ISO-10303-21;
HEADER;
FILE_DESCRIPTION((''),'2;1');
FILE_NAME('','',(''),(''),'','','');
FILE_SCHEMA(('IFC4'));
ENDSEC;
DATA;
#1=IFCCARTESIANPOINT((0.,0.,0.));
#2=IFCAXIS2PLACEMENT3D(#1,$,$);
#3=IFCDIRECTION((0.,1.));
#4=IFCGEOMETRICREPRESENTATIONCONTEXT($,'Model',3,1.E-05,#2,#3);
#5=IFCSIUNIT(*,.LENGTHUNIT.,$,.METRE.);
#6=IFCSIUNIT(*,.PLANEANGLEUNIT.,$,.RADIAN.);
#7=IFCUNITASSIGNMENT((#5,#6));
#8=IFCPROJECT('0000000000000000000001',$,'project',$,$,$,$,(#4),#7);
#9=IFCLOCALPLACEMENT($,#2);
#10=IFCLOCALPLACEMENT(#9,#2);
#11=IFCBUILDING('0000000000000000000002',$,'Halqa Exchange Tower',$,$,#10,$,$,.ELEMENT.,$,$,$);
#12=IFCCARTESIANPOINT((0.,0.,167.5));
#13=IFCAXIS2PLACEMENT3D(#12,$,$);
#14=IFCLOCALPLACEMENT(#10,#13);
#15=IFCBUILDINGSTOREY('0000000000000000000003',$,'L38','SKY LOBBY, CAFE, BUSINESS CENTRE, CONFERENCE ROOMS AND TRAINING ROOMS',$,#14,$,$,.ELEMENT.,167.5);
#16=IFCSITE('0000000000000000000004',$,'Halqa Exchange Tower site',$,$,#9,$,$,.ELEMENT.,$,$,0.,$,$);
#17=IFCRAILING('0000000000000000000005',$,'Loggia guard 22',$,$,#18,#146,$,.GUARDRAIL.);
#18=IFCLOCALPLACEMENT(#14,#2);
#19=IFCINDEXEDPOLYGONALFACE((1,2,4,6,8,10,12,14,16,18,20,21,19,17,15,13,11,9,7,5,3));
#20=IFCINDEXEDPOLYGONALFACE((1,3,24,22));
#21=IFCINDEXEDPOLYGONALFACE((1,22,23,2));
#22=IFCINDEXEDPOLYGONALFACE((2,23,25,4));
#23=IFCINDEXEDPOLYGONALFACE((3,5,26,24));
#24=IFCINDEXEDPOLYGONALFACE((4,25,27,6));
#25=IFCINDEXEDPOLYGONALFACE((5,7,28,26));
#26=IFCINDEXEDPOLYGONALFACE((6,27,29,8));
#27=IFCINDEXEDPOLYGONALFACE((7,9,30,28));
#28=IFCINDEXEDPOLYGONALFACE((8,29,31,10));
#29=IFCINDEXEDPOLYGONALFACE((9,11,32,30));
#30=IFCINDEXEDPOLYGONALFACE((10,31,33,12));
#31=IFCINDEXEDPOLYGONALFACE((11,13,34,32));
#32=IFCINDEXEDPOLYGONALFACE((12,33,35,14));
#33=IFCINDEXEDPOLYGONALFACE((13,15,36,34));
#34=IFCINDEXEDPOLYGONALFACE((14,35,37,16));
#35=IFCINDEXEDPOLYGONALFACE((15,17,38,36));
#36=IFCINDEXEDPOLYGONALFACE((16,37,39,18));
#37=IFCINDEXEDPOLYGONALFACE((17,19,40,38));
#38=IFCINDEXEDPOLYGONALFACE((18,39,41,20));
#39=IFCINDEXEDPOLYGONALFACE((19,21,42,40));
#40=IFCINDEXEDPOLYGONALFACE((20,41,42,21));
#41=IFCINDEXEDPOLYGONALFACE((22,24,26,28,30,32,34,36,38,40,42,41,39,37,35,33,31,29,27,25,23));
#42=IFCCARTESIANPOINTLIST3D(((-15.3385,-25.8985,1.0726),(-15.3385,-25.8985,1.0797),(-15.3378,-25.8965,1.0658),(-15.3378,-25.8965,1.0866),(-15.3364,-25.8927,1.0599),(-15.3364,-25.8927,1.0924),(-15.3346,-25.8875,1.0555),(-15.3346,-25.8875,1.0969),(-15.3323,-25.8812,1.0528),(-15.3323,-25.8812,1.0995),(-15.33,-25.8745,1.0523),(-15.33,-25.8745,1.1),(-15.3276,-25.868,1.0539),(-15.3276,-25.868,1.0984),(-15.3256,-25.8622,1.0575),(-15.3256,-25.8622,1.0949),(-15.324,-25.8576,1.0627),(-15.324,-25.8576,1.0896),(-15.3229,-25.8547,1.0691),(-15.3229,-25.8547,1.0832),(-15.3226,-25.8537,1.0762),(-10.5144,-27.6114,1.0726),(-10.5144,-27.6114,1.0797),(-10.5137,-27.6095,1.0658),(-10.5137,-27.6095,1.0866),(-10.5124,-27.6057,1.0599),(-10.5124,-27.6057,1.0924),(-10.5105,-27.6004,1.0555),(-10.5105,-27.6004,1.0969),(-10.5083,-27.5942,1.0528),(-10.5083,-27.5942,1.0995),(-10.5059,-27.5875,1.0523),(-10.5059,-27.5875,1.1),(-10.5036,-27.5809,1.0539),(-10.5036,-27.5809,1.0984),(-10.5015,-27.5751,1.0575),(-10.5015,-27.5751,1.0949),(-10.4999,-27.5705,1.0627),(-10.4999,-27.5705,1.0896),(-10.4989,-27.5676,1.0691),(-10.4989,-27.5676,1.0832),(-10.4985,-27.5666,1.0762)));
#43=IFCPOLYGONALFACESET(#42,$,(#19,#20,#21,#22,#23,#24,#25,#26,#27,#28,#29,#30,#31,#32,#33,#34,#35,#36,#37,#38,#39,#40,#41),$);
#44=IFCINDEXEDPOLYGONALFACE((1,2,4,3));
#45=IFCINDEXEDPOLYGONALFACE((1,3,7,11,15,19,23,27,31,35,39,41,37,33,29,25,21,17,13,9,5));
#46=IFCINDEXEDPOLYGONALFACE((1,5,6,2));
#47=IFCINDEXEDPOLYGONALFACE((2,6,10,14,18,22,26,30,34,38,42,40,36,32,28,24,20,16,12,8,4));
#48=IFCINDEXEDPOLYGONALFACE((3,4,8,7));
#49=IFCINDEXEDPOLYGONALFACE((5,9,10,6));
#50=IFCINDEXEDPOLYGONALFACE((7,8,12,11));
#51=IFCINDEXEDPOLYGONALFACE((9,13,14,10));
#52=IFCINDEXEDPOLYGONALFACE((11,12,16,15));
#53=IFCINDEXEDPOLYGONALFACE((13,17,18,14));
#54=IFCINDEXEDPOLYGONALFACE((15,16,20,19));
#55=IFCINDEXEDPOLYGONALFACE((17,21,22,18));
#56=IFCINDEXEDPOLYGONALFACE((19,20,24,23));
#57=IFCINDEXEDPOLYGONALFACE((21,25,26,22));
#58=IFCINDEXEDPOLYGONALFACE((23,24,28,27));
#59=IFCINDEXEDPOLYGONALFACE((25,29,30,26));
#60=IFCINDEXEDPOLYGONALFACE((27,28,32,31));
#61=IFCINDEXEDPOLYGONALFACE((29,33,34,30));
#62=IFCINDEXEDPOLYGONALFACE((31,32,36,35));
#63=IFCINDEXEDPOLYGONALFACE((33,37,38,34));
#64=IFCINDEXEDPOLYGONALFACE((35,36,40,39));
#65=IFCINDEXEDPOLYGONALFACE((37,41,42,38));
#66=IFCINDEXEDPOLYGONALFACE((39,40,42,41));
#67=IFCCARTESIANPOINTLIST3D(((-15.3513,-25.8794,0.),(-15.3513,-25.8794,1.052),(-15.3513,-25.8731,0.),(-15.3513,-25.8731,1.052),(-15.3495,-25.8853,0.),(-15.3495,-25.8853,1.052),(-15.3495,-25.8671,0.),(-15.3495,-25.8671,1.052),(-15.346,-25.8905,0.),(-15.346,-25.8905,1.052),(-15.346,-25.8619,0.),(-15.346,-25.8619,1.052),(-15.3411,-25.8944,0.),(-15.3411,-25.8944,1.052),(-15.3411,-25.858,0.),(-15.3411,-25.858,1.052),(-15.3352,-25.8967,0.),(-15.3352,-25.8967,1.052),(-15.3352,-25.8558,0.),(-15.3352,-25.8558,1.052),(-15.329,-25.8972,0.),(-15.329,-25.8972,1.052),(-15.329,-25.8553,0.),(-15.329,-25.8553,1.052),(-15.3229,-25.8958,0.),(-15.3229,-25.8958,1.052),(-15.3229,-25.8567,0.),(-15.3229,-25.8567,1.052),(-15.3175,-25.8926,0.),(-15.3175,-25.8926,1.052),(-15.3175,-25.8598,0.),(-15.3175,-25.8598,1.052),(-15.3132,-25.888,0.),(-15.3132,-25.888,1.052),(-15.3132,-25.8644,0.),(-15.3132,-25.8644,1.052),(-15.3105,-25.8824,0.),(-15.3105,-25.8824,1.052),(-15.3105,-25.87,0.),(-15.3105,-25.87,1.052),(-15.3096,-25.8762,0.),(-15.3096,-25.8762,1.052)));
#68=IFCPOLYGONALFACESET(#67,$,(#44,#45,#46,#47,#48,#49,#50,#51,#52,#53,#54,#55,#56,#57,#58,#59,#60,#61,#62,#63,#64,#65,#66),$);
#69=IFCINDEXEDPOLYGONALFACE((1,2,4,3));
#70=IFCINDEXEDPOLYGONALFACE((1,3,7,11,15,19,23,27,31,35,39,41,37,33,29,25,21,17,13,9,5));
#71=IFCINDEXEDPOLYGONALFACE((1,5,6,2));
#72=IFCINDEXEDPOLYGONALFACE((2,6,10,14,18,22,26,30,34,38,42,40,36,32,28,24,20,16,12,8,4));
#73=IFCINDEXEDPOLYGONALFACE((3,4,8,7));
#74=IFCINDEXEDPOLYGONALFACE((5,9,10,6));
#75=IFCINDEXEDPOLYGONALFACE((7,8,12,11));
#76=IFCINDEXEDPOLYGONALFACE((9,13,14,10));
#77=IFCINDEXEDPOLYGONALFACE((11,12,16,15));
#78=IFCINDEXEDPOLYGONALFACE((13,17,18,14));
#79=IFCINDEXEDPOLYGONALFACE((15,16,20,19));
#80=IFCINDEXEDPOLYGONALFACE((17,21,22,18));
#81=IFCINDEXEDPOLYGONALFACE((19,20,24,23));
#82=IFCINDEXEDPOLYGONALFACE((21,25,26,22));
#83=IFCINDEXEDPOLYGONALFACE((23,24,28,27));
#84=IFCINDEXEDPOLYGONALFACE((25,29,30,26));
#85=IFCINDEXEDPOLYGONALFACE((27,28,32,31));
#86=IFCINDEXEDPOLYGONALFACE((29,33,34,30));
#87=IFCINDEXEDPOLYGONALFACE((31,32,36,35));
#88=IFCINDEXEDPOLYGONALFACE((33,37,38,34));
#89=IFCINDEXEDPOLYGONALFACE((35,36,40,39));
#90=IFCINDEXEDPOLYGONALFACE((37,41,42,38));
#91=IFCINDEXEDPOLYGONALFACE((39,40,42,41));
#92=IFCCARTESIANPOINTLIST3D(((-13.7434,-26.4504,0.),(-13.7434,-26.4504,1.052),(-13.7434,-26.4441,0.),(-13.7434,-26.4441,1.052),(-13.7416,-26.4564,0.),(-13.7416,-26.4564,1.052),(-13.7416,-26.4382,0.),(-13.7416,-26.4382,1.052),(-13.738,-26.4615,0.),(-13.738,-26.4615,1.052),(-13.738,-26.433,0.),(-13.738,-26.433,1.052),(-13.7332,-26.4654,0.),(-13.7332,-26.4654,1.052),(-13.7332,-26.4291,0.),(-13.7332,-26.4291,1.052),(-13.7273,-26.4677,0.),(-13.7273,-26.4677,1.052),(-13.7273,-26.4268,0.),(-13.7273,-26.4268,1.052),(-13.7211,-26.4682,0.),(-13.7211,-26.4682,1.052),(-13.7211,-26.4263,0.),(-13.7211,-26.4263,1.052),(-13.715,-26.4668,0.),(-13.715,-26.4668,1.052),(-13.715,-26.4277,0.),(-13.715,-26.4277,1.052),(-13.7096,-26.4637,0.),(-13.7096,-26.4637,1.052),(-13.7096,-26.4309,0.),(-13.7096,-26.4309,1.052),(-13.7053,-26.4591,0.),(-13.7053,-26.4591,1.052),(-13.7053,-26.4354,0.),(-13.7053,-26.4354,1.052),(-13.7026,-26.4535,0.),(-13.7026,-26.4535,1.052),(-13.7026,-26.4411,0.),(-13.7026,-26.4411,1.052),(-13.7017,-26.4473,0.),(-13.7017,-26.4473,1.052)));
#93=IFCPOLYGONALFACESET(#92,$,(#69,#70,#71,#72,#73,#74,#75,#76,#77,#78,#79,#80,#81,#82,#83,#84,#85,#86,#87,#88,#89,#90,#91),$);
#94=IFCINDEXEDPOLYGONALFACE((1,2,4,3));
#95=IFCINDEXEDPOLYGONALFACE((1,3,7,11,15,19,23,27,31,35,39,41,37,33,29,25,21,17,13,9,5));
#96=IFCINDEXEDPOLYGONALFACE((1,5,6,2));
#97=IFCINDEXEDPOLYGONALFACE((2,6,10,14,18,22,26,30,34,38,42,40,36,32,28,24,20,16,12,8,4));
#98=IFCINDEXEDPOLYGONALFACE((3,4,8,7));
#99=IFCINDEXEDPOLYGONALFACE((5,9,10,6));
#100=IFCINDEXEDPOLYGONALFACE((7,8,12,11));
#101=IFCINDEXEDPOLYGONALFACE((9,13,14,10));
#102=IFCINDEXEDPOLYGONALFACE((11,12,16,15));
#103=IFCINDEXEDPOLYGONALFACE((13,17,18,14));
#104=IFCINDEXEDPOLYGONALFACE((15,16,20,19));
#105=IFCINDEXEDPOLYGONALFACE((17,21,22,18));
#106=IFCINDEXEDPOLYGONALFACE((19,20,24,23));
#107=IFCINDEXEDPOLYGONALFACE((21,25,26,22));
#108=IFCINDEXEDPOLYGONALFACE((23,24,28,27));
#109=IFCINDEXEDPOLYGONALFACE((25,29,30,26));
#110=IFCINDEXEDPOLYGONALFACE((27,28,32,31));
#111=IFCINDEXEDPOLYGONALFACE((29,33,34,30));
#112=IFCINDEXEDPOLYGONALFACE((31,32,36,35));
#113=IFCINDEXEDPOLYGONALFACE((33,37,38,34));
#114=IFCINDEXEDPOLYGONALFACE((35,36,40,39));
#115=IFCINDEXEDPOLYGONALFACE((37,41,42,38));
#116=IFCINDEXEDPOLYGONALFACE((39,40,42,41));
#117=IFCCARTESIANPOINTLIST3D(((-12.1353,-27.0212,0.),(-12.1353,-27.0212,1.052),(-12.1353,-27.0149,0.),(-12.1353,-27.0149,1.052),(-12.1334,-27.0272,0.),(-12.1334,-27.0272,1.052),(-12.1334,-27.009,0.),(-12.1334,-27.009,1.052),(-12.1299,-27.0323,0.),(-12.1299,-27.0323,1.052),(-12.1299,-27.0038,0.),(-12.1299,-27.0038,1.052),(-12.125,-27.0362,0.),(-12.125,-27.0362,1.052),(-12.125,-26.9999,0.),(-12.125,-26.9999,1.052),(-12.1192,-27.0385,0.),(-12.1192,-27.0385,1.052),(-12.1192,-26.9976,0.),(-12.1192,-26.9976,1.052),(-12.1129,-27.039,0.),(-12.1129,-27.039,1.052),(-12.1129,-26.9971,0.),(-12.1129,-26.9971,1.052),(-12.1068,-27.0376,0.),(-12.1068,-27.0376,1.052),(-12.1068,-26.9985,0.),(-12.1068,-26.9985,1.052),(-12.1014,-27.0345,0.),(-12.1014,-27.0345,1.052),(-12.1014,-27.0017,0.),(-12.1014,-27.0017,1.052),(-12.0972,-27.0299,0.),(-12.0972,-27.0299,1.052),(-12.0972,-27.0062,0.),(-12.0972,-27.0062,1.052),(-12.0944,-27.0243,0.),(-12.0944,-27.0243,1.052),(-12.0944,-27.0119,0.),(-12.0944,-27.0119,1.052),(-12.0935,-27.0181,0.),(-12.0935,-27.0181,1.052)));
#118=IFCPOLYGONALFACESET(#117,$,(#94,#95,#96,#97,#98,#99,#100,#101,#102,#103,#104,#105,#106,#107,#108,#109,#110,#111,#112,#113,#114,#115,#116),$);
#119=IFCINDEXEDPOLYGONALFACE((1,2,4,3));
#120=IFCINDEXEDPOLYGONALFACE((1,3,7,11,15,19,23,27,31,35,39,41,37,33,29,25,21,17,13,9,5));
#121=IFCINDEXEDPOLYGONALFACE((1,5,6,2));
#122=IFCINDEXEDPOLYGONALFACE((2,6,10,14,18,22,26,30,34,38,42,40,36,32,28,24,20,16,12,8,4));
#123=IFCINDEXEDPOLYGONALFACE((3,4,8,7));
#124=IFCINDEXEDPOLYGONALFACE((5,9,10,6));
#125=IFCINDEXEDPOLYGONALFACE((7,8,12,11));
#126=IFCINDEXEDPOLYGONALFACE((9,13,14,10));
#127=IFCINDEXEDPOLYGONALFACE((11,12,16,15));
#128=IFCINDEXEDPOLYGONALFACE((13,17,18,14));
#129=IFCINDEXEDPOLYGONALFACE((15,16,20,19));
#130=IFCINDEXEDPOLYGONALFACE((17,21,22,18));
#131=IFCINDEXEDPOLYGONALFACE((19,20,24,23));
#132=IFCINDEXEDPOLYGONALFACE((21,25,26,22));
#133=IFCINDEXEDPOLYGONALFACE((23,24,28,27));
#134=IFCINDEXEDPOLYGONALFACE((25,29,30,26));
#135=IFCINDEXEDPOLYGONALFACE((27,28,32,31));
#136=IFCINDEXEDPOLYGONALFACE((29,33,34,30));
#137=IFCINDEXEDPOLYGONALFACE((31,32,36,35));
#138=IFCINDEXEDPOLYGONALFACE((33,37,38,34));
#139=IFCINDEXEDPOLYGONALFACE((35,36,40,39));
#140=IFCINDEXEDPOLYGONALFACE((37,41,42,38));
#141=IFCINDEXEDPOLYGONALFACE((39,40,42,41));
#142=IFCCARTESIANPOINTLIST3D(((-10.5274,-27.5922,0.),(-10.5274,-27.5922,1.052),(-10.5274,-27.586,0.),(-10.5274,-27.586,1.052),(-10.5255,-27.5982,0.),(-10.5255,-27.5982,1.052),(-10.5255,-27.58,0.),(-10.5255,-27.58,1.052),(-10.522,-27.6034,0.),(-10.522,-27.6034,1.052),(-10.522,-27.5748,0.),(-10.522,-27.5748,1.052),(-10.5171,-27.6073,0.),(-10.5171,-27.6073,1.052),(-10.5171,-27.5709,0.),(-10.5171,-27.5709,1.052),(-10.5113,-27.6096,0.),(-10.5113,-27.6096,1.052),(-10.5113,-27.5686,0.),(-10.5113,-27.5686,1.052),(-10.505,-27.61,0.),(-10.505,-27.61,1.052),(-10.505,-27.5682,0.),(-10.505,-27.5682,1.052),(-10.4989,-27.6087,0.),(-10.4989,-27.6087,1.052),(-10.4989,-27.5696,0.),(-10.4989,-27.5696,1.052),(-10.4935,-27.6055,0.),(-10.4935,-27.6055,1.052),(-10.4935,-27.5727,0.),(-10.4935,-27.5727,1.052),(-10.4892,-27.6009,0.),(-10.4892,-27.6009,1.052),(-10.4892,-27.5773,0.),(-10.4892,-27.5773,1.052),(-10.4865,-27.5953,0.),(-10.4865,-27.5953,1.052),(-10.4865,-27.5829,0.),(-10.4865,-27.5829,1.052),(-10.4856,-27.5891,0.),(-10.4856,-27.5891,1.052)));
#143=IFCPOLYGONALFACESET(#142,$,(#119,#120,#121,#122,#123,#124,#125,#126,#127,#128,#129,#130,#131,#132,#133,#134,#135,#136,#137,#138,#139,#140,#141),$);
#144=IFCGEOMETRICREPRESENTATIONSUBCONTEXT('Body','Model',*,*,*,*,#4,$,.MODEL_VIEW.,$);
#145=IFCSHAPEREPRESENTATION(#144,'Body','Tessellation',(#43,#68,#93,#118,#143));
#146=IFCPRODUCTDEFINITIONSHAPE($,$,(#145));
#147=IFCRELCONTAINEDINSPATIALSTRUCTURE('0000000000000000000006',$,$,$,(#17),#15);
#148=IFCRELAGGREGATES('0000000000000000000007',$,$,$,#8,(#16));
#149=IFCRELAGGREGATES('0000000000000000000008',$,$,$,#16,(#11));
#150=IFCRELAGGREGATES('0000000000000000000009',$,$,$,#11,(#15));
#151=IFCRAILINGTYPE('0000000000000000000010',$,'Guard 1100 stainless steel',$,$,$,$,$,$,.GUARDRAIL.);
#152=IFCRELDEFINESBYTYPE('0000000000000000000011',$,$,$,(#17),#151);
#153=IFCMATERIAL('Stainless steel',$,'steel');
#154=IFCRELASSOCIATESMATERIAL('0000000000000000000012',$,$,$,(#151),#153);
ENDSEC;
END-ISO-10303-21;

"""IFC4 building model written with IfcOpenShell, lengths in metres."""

from ifc_helpers import new_model, si_unit, direction, frame, origin, origin_2d, place, context, subcontext, project, spatial, circle, extrude, material, type_object, element, save


model = new_model("IFC4")

# Units and contexts
model_context = context("Model", 3, precision=1e-05, world=origin(), true_north=direction((0.0, 1.0)))
body_context = subcontext(model_context, "Body", "Model", "MODEL_VIEW")
ifc_project = project(units=[si_unit("LENGTHUNIT", "METRE"), si_unit("PLANEANGLEUNIT", "RADIAN")], contexts=[model_context])

# Site, building, storey
site_placement = place(None, origin())
site = spatial("IfcSite", under=ifc_project, at=site_placement, Name="Halqa Exchange Tower site", CompositionType="ELEMENT", RefElevation=0.0)
building_placement = place(site_placement, origin())
building = spatial("IfcBuilding", under=site, at=building_placement, Name="Halqa Exchange Tower", CompositionType="ELEMENT")
storey_placement = place(building_placement, frame((0.0, 0.0, 167.5)))
storey = spatial("IfcBuildingStorey", under=building, at=storey_placement, Name="L38", Description="SKY LOBBY, CAFE, BUSINESS CENTRE, CONFERENCE ROOMS AND TRAINING ROOMS", CompositionType="ELEMENT", Elevation=167.5)

# Railing
ifc_material_1 = material(Name="Stainless steel", Category="steel")
railing_type = type_object("IfcRailingType", Name="Guard 1100 stainless steel", PredefinedType="GUARDRAIL", material=ifc_material_1)
railing_1_placement = place(storey_placement, frame((-15.3306, -25.8762, 0.0)))
element("IfcRailing", 1, at=railing_1_placement, inside=storey, type_object=railing_type, Name="Loggia guard 22", PredefinedType="GUARDRAIL", context=body_context, shape_type="SweptSolid", body=[
    extrude(circle(Radius=0.0239, at=origin_2d()), frame((0.0, 0.0, 1.0762), z_axis=(0.942356, -0.334611, 0.0), x_axis=(0.334611, 0.942356, 0.0)), (0.0, 0.0, 1.0), 5.1191),
    extrude(circle(Radius=0.021, at=origin_2d()), origin(), (0.0, 0.0, 1.0), 1.052),
    extrude(circle(Radius=0.021, at=origin_2d()), frame((1.6079, -0.571, 0.0)), (0.0, 0.0, 1.0), 1.052),
    extrude(circle(Radius=0.021, at=origin_2d()), frame((3.2161, -1.1418, 0.0)), (0.0, 0.0, 1.0), 1.052),
    extrude(circle(Radius=0.021, at=origin_2d()), frame((4.824, -1.7129, 0.0)), (0.0, 0.0, 1.0), 1.052),
])

save(model, "model.ifc")
